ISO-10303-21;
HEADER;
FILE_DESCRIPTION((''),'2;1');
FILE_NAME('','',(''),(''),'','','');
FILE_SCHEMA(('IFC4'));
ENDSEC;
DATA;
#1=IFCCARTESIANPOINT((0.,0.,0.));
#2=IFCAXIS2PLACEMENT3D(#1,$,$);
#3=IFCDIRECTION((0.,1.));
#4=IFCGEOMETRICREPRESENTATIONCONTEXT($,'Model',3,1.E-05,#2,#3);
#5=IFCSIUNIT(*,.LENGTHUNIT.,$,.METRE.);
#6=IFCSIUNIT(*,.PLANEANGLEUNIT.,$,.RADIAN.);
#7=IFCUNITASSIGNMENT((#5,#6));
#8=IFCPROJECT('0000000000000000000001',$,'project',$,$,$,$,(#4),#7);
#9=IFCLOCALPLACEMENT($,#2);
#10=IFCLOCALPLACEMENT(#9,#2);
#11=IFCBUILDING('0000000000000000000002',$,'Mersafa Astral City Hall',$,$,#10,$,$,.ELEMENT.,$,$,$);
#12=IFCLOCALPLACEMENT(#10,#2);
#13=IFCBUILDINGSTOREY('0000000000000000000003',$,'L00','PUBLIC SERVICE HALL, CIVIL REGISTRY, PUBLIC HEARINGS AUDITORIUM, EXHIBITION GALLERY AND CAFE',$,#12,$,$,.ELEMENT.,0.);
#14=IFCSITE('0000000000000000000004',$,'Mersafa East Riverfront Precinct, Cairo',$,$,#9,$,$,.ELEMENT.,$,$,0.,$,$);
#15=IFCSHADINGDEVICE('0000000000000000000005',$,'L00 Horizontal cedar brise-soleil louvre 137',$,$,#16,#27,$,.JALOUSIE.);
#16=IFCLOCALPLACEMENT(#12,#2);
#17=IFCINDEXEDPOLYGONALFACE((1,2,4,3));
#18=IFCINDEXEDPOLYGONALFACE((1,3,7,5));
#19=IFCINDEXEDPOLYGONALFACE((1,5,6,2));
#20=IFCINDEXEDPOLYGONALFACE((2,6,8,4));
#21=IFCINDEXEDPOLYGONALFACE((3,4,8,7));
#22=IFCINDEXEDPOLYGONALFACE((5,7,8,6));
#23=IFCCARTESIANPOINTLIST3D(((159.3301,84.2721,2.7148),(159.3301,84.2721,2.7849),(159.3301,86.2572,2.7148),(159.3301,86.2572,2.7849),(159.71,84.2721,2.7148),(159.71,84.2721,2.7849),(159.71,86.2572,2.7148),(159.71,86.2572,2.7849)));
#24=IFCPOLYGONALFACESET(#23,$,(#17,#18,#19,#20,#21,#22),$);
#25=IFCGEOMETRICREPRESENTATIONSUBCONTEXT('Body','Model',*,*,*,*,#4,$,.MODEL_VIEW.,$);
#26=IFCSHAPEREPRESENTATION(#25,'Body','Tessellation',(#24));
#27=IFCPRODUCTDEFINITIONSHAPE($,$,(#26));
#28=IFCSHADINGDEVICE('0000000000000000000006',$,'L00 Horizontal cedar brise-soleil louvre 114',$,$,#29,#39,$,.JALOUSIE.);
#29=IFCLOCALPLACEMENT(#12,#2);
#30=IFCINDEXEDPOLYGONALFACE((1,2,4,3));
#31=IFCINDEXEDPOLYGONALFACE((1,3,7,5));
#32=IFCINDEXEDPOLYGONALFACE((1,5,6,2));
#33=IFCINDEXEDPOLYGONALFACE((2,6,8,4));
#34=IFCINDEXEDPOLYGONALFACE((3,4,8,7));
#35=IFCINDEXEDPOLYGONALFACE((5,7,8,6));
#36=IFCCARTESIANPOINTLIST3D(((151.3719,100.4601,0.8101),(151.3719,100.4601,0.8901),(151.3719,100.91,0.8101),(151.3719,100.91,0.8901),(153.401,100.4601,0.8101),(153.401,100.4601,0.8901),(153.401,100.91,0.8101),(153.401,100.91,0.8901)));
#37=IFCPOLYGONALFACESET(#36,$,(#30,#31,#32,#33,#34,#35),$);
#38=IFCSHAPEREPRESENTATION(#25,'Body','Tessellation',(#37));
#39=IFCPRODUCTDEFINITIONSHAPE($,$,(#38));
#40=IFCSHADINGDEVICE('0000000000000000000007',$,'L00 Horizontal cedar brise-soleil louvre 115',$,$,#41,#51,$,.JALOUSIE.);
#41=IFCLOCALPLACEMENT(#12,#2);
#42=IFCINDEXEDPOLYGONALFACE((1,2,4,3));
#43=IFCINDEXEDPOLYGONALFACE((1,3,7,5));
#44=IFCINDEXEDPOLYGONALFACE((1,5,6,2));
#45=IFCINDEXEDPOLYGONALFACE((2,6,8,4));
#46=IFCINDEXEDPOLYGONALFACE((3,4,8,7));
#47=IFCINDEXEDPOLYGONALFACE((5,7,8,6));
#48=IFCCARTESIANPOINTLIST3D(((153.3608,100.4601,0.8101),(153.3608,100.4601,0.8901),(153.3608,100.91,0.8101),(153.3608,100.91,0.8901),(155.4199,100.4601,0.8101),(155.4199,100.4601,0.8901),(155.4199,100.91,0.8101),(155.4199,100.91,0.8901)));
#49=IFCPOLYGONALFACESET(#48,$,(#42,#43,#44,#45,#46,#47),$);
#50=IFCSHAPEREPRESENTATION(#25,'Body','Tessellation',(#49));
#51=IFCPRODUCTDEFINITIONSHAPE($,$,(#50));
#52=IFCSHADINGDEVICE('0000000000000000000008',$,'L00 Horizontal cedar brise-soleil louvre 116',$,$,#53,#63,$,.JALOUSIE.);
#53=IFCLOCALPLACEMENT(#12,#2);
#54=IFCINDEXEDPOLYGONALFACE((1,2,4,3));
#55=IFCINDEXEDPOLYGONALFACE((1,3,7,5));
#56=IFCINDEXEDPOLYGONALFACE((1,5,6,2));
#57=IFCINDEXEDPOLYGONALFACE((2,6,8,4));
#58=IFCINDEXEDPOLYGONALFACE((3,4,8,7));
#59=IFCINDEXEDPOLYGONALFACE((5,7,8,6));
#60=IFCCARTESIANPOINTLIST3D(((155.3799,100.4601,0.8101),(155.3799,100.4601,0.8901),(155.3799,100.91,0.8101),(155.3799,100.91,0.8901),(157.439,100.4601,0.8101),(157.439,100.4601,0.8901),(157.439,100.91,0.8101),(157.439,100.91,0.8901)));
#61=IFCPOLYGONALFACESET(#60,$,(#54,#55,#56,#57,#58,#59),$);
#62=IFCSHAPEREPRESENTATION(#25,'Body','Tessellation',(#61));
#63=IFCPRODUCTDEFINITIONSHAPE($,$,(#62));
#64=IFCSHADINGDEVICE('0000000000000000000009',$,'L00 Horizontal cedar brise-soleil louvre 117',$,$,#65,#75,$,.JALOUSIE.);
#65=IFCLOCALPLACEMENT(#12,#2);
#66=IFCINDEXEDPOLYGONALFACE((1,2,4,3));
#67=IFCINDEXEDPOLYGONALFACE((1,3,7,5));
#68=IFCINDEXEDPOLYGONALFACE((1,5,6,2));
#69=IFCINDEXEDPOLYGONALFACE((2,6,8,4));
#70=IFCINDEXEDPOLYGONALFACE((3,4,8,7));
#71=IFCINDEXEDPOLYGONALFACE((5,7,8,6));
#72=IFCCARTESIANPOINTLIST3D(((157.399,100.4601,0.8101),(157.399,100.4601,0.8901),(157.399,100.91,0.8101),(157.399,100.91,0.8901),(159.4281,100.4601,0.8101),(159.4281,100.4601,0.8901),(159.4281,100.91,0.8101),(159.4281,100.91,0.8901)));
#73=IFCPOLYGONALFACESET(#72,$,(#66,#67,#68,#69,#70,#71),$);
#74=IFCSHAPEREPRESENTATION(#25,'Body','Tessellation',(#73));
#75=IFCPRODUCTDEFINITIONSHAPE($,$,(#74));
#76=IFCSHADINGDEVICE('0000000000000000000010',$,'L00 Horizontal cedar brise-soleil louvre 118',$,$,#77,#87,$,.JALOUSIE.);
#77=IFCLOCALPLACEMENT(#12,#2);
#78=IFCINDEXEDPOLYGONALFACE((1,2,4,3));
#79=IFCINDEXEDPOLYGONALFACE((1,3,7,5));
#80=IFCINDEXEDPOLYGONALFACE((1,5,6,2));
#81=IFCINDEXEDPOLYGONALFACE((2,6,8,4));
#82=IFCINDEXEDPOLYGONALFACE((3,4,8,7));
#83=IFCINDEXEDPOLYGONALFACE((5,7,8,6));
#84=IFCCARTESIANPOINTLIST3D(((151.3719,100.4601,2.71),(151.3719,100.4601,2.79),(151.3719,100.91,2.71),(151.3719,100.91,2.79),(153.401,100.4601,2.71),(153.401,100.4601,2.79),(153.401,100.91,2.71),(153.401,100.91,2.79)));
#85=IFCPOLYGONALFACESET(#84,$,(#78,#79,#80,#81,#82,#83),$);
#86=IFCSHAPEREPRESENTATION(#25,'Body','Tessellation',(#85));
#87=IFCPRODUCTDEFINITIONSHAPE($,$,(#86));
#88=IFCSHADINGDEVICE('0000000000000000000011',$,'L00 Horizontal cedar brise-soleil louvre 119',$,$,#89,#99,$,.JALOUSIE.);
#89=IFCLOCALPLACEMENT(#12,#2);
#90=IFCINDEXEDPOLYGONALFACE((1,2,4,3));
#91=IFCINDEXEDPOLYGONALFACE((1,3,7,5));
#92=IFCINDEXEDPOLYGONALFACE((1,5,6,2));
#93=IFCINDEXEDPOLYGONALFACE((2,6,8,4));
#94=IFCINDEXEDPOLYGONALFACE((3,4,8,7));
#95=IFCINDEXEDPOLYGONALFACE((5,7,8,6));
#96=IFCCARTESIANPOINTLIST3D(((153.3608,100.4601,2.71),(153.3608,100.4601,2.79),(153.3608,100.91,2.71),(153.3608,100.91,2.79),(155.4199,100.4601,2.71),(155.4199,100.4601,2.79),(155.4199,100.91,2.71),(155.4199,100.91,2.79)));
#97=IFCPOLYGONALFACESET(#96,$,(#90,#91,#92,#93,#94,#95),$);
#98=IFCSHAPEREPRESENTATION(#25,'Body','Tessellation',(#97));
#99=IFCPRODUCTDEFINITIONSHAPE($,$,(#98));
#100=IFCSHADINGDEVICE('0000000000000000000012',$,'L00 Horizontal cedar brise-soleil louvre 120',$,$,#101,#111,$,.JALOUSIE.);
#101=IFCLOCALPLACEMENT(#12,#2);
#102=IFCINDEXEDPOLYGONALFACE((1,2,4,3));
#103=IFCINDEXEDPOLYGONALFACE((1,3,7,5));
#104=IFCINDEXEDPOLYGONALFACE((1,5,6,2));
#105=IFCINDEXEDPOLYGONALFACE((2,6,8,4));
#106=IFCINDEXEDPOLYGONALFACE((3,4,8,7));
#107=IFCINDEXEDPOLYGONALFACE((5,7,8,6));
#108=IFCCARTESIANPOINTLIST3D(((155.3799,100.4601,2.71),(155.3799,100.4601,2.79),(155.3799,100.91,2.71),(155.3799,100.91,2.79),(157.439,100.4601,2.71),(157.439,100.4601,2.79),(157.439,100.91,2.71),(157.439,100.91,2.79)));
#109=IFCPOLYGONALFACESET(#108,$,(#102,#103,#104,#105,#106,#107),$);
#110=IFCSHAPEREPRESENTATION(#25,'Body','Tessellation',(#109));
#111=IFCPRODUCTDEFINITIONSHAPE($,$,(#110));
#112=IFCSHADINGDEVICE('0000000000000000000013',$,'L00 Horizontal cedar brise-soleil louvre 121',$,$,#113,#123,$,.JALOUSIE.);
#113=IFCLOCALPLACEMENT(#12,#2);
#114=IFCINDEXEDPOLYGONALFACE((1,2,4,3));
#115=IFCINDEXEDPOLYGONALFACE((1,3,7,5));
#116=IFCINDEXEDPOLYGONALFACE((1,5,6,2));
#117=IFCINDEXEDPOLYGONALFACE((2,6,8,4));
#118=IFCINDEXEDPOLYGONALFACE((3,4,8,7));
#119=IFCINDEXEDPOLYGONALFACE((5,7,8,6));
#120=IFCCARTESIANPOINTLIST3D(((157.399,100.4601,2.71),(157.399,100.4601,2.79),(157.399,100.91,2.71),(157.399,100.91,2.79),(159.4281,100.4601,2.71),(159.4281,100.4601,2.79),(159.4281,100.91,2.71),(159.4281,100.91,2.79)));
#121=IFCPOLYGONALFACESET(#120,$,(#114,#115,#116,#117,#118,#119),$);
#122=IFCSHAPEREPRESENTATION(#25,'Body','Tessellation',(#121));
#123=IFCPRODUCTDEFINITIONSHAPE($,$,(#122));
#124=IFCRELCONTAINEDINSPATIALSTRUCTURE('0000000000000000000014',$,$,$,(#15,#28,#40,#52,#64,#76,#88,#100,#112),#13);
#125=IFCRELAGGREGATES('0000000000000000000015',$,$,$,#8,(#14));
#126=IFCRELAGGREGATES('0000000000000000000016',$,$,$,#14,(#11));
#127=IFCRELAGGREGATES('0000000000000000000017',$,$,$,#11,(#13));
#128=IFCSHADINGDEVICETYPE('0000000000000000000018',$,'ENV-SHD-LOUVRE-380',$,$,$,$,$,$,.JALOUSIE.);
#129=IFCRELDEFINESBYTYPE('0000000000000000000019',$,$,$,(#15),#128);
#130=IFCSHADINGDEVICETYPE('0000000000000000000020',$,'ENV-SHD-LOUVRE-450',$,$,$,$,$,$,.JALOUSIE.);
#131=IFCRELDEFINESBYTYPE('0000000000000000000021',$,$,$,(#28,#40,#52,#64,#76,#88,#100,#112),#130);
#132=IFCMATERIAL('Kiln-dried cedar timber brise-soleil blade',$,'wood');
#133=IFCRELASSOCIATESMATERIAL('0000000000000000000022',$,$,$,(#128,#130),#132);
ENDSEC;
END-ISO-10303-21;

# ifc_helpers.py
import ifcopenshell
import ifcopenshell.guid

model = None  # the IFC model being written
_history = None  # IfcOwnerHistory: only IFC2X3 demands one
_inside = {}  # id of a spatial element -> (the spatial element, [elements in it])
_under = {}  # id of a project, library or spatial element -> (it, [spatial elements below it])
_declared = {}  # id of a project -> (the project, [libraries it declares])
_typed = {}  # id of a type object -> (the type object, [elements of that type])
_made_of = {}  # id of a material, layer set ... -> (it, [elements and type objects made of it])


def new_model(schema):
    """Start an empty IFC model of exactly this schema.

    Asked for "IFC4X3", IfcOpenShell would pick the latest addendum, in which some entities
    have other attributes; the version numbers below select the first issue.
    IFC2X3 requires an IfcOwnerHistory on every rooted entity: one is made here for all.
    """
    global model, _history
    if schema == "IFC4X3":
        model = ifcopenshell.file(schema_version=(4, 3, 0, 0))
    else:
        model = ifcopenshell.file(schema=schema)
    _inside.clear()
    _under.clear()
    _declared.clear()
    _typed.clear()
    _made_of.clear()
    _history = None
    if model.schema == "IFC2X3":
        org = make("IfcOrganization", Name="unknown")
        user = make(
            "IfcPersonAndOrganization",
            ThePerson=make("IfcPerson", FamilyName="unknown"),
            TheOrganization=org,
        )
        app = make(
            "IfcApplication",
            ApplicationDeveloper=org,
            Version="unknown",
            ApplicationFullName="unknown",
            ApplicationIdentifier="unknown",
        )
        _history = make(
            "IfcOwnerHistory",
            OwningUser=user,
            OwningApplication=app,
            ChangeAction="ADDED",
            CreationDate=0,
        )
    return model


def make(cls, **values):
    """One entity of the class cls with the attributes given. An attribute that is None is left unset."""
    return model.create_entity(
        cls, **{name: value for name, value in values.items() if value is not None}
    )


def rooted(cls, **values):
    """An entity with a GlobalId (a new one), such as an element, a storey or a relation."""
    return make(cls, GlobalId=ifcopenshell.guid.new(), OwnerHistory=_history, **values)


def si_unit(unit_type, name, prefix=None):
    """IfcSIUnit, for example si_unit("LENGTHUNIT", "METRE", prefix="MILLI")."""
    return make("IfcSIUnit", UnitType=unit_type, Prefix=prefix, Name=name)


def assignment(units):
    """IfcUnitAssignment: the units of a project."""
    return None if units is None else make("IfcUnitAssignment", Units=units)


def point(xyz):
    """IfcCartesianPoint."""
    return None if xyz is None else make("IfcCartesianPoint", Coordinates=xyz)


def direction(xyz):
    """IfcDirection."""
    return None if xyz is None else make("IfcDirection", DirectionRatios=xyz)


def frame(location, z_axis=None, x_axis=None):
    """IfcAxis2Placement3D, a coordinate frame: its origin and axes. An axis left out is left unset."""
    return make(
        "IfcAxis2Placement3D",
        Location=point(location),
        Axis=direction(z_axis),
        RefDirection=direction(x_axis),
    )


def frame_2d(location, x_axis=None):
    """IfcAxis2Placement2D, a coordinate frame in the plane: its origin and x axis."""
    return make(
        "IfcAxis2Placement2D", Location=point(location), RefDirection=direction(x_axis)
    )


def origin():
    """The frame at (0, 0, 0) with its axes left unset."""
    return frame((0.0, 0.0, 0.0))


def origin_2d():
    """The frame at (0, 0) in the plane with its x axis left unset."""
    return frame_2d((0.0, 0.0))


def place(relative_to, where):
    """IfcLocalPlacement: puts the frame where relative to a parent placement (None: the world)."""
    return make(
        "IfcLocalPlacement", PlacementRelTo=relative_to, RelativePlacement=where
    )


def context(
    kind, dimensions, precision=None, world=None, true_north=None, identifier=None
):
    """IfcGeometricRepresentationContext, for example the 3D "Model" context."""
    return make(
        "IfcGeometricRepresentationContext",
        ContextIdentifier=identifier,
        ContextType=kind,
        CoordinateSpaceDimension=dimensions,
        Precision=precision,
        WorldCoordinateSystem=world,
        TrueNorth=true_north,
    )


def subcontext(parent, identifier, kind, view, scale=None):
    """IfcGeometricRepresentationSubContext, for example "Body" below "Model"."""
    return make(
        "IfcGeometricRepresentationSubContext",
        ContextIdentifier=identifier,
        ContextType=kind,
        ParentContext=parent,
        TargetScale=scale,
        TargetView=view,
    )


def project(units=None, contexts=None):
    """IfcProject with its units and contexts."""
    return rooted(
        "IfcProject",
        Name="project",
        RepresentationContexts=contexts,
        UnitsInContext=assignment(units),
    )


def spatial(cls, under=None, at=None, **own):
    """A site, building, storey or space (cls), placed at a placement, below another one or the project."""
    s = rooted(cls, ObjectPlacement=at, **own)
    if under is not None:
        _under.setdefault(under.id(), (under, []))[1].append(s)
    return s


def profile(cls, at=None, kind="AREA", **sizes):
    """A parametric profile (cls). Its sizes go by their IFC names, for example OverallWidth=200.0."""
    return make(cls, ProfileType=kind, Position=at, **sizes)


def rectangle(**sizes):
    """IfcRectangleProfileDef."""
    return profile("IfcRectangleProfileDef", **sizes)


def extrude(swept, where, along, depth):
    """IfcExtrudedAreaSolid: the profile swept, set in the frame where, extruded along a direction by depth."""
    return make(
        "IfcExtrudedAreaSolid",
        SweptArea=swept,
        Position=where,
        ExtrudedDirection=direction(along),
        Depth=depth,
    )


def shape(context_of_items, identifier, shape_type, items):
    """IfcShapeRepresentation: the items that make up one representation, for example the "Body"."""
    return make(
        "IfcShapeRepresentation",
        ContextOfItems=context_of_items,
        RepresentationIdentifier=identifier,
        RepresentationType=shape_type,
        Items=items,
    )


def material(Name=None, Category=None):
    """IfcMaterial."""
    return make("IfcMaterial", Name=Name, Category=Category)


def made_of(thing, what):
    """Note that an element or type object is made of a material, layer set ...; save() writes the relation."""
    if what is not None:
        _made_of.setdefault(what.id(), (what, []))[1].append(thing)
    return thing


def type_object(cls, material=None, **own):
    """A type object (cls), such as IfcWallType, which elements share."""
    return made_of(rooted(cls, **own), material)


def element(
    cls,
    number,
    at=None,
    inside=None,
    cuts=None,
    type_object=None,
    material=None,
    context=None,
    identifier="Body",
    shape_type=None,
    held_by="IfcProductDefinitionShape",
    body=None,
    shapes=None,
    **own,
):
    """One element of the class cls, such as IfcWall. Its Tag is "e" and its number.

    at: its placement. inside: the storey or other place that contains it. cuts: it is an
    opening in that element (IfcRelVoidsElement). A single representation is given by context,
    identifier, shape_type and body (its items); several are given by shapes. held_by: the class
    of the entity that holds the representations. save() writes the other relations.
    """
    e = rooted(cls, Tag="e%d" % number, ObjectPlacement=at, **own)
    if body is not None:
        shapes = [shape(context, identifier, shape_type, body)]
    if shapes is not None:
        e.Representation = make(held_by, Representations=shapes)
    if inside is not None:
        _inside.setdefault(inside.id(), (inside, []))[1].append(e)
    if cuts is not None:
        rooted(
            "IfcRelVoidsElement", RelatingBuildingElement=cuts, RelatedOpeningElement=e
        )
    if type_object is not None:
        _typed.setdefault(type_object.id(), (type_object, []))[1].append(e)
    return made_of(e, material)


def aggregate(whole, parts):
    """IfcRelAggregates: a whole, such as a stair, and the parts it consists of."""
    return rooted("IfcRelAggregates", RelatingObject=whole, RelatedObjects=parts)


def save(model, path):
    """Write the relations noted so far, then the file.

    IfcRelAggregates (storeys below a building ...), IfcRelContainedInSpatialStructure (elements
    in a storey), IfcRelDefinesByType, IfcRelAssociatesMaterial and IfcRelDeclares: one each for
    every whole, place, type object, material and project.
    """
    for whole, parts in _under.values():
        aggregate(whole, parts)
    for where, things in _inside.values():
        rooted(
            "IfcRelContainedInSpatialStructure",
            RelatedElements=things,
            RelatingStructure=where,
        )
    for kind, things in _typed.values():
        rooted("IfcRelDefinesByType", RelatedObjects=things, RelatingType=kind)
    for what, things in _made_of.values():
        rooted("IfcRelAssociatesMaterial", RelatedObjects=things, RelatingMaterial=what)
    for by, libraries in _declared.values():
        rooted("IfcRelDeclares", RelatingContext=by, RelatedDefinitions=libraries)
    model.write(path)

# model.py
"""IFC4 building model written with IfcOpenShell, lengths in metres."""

from ifc_helpers import new_model, si_unit, direction, frame, origin, origin_2d, place, context, subcontext, project, spatial, rectangle, extrude, material, type_object, element, save


model = new_model("IFC4")

# Units and contexts
model_context = context("Model", 3, precision=1e-05, world=origin(), true_north=direction((0.0, 1.0)))
body_context = subcontext(model_context, "Body", "Model", "MODEL_VIEW")
ifc_project = project(units=[si_unit("LENGTHUNIT", "METRE"), si_unit("PLANEANGLEUNIT", "RADIAN")], contexts=[model_context])

# Site, building, storey
site_placement = place(None, origin())
site = spatial("IfcSite", under=ifc_project, at=site_placement, Name="Mersafa East Riverfront Precinct, Cairo", CompositionType="ELEMENT", RefElevation=0.0)
building_placement = place(site_placement, origin())
building = spatial("IfcBuilding", under=site, at=building_placement, Name="Mersafa Astral City Hall", CompositionType="ELEMENT")
storey_placement = place(building_placement, origin())
storey = spatial("IfcBuildingStorey", under=building, at=storey_placement, Name="L00", Description="PUBLIC SERVICE HALL, CIVIL REGISTRY, PUBLIC HEARINGS AUDITORIUM, EXHIBITION GALLERY AND CAFE", CompositionType="ELEMENT", Elevation=0.0)

# Shading devices
ifc_material_1 = material(Name="Kiln-dried cedar timber brise-soleil blade", Category="wood")
shading_device_type_1 = type_object("IfcShadingDeviceType", Name="ENV-SHD-LOUVRE-380", PredefinedType="JALOUSIE", material=ifc_material_1)
shading_device_1_placement = place(storey_placement, frame((159.52, 85.2646, 2.7148), z_axis=(0.0, 0.0, 1.0), x_axis=(0.0, -1.0, 0.0)))
element("IfcShadingDevice", 1, at=shading_device_1_placement, inside=storey, type_object=shading_device_type_1, Name="L00 Horizontal cedar brise-soleil louvre 137", PredefinedType="JALOUSIE", context=body_context, shape_type="SweptSolid", body=[
    extrude(rectangle(XDim=1.9851, YDim=0.3799, at=origin_2d()), origin(), (0.0, 0.0, 1.0), 0.0701),
])
shading_device_type_2 = type_object("IfcShadingDeviceType", Name="ENV-SHD-LOUVRE-450", PredefinedType="JALOUSIE", material=ifc_material_1)
shading_device_2_placement = place(storey_placement, frame((152.3865, 100.6851, 0.8101), z_axis=(0.0, 0.0, 1.0), x_axis=(1.0, 0.0, 0.0)))
element("IfcShadingDevice", 2, at=shading_device_2_placement, inside=storey, type_object=shading_device_type_2, Name="L00 Horizontal cedar brise-soleil louvre 114", PredefinedType="JALOUSIE", context=body_context, shape_type="SweptSolid", body=[
    extrude(rectangle(XDim=2.0291, YDim=0.45, at=origin_2d()), origin(), (0.0, 0.0, 1.0), 0.0801),
])
for number, where, z_axis, x_axis, name in (
    (3, (154.3904, 100.6851, 0.8101), (0.0, 0.0, 1.0), (1.0, 0.0, 0.0), "L00 Horizontal cedar brise-soleil louvre 115"),
    (4, (156.4094, 100.6851, 0.8101), (0.0, 0.0, 1.0), (1.0, 0.0, 0.0), "L00 Horizontal cedar brise-soleil louvre 116"),
):
    element("IfcShadingDevice", number, at=place(storey_placement, frame(where, z_axis=z_axis, x_axis=x_axis)), inside=storey, type_object=shading_device_type_2, Name=name, PredefinedType="JALOUSIE", context=body_context, shape_type="SweptSolid", body=[
        extrude(rectangle(XDim=2.0591, YDim=0.45, at=origin_2d()), origin(), (0.0, 0.0, 1.0), 0.0801),
    ])
for number, where, z_axis, x_axis, name in (
    (5, (158.4136, 100.6851, 0.8101), (0.0, 0.0, 1.0), (1.0, 0.0, 0.0), "L00 Horizontal cedar brise-soleil louvre 117"),
    (6, (152.3865, 100.6851, 2.71), (0.0, 0.0, 1.0), (1.0, 0.0, 0.0), "L00 Horizontal cedar brise-soleil louvre 118"),
):
    element("IfcShadingDevice", number, at=place(storey_placement, frame(where, z_axis=z_axis, x_axis=x_axis)), inside=storey, type_object=shading_device_type_2, Name=name, PredefinedType="JALOUSIE", context=body_context, shape_type="SweptSolid", body=[
        extrude(rectangle(XDim=2.0291, YDim=0.45, at=origin_2d()), origin(), (0.0, 0.0, 1.0), 0.0801),
    ])
for number, where, z_axis, x_axis, name in (
    (7, (154.3904, 100.6851, 2.71), (0.0, 0.0, 1.0), (1.0, 0.0, 0.0), "L00 Horizontal cedar brise-soleil louvre 119"),
    (8, (156.4094, 100.6851, 2.71), (0.0, 0.0, 1.0), (1.0, 0.0, 0.0), "L00 Horizontal cedar brise-soleil louvre 120"),
):
    element("IfcShadingDevice", number, at=place(storey_placement, frame(where, z_axis=z_axis, x_axis=x_axis)), inside=storey, type_object=shading_device_type_2, Name=name, PredefinedType="JALOUSIE", context=body_context, shape_type="SweptSolid", body=[
        extrude(rectangle(XDim=2.0591, YDim=0.45, at=origin_2d()), origin(), (0.0, 0.0, 1.0), 0.0801),
    ])
shading_device_3_placement = place(storey_placement, frame((158.4136, 100.6851, 2.71), z_axis=(0.0, 0.0, 1.0), x_axis=(1.0, 0.0, 0.0)))
element("IfcShadingDevice", 9, at=shading_device_3_placement, inside=storey, type_object=shading_device_type_2, Name="L00 Horizontal cedar brise-soleil louvre 121", PredefinedType="JALOUSIE", context=body_context, shape_type="SweptSolid", body=[
    extrude(rectangle(XDim=2.0291, YDim=0.45, at=origin_2d()), origin(), (0.0, 0.0, 1.0), 0.0801),
])

save(model, "model.ifc")
